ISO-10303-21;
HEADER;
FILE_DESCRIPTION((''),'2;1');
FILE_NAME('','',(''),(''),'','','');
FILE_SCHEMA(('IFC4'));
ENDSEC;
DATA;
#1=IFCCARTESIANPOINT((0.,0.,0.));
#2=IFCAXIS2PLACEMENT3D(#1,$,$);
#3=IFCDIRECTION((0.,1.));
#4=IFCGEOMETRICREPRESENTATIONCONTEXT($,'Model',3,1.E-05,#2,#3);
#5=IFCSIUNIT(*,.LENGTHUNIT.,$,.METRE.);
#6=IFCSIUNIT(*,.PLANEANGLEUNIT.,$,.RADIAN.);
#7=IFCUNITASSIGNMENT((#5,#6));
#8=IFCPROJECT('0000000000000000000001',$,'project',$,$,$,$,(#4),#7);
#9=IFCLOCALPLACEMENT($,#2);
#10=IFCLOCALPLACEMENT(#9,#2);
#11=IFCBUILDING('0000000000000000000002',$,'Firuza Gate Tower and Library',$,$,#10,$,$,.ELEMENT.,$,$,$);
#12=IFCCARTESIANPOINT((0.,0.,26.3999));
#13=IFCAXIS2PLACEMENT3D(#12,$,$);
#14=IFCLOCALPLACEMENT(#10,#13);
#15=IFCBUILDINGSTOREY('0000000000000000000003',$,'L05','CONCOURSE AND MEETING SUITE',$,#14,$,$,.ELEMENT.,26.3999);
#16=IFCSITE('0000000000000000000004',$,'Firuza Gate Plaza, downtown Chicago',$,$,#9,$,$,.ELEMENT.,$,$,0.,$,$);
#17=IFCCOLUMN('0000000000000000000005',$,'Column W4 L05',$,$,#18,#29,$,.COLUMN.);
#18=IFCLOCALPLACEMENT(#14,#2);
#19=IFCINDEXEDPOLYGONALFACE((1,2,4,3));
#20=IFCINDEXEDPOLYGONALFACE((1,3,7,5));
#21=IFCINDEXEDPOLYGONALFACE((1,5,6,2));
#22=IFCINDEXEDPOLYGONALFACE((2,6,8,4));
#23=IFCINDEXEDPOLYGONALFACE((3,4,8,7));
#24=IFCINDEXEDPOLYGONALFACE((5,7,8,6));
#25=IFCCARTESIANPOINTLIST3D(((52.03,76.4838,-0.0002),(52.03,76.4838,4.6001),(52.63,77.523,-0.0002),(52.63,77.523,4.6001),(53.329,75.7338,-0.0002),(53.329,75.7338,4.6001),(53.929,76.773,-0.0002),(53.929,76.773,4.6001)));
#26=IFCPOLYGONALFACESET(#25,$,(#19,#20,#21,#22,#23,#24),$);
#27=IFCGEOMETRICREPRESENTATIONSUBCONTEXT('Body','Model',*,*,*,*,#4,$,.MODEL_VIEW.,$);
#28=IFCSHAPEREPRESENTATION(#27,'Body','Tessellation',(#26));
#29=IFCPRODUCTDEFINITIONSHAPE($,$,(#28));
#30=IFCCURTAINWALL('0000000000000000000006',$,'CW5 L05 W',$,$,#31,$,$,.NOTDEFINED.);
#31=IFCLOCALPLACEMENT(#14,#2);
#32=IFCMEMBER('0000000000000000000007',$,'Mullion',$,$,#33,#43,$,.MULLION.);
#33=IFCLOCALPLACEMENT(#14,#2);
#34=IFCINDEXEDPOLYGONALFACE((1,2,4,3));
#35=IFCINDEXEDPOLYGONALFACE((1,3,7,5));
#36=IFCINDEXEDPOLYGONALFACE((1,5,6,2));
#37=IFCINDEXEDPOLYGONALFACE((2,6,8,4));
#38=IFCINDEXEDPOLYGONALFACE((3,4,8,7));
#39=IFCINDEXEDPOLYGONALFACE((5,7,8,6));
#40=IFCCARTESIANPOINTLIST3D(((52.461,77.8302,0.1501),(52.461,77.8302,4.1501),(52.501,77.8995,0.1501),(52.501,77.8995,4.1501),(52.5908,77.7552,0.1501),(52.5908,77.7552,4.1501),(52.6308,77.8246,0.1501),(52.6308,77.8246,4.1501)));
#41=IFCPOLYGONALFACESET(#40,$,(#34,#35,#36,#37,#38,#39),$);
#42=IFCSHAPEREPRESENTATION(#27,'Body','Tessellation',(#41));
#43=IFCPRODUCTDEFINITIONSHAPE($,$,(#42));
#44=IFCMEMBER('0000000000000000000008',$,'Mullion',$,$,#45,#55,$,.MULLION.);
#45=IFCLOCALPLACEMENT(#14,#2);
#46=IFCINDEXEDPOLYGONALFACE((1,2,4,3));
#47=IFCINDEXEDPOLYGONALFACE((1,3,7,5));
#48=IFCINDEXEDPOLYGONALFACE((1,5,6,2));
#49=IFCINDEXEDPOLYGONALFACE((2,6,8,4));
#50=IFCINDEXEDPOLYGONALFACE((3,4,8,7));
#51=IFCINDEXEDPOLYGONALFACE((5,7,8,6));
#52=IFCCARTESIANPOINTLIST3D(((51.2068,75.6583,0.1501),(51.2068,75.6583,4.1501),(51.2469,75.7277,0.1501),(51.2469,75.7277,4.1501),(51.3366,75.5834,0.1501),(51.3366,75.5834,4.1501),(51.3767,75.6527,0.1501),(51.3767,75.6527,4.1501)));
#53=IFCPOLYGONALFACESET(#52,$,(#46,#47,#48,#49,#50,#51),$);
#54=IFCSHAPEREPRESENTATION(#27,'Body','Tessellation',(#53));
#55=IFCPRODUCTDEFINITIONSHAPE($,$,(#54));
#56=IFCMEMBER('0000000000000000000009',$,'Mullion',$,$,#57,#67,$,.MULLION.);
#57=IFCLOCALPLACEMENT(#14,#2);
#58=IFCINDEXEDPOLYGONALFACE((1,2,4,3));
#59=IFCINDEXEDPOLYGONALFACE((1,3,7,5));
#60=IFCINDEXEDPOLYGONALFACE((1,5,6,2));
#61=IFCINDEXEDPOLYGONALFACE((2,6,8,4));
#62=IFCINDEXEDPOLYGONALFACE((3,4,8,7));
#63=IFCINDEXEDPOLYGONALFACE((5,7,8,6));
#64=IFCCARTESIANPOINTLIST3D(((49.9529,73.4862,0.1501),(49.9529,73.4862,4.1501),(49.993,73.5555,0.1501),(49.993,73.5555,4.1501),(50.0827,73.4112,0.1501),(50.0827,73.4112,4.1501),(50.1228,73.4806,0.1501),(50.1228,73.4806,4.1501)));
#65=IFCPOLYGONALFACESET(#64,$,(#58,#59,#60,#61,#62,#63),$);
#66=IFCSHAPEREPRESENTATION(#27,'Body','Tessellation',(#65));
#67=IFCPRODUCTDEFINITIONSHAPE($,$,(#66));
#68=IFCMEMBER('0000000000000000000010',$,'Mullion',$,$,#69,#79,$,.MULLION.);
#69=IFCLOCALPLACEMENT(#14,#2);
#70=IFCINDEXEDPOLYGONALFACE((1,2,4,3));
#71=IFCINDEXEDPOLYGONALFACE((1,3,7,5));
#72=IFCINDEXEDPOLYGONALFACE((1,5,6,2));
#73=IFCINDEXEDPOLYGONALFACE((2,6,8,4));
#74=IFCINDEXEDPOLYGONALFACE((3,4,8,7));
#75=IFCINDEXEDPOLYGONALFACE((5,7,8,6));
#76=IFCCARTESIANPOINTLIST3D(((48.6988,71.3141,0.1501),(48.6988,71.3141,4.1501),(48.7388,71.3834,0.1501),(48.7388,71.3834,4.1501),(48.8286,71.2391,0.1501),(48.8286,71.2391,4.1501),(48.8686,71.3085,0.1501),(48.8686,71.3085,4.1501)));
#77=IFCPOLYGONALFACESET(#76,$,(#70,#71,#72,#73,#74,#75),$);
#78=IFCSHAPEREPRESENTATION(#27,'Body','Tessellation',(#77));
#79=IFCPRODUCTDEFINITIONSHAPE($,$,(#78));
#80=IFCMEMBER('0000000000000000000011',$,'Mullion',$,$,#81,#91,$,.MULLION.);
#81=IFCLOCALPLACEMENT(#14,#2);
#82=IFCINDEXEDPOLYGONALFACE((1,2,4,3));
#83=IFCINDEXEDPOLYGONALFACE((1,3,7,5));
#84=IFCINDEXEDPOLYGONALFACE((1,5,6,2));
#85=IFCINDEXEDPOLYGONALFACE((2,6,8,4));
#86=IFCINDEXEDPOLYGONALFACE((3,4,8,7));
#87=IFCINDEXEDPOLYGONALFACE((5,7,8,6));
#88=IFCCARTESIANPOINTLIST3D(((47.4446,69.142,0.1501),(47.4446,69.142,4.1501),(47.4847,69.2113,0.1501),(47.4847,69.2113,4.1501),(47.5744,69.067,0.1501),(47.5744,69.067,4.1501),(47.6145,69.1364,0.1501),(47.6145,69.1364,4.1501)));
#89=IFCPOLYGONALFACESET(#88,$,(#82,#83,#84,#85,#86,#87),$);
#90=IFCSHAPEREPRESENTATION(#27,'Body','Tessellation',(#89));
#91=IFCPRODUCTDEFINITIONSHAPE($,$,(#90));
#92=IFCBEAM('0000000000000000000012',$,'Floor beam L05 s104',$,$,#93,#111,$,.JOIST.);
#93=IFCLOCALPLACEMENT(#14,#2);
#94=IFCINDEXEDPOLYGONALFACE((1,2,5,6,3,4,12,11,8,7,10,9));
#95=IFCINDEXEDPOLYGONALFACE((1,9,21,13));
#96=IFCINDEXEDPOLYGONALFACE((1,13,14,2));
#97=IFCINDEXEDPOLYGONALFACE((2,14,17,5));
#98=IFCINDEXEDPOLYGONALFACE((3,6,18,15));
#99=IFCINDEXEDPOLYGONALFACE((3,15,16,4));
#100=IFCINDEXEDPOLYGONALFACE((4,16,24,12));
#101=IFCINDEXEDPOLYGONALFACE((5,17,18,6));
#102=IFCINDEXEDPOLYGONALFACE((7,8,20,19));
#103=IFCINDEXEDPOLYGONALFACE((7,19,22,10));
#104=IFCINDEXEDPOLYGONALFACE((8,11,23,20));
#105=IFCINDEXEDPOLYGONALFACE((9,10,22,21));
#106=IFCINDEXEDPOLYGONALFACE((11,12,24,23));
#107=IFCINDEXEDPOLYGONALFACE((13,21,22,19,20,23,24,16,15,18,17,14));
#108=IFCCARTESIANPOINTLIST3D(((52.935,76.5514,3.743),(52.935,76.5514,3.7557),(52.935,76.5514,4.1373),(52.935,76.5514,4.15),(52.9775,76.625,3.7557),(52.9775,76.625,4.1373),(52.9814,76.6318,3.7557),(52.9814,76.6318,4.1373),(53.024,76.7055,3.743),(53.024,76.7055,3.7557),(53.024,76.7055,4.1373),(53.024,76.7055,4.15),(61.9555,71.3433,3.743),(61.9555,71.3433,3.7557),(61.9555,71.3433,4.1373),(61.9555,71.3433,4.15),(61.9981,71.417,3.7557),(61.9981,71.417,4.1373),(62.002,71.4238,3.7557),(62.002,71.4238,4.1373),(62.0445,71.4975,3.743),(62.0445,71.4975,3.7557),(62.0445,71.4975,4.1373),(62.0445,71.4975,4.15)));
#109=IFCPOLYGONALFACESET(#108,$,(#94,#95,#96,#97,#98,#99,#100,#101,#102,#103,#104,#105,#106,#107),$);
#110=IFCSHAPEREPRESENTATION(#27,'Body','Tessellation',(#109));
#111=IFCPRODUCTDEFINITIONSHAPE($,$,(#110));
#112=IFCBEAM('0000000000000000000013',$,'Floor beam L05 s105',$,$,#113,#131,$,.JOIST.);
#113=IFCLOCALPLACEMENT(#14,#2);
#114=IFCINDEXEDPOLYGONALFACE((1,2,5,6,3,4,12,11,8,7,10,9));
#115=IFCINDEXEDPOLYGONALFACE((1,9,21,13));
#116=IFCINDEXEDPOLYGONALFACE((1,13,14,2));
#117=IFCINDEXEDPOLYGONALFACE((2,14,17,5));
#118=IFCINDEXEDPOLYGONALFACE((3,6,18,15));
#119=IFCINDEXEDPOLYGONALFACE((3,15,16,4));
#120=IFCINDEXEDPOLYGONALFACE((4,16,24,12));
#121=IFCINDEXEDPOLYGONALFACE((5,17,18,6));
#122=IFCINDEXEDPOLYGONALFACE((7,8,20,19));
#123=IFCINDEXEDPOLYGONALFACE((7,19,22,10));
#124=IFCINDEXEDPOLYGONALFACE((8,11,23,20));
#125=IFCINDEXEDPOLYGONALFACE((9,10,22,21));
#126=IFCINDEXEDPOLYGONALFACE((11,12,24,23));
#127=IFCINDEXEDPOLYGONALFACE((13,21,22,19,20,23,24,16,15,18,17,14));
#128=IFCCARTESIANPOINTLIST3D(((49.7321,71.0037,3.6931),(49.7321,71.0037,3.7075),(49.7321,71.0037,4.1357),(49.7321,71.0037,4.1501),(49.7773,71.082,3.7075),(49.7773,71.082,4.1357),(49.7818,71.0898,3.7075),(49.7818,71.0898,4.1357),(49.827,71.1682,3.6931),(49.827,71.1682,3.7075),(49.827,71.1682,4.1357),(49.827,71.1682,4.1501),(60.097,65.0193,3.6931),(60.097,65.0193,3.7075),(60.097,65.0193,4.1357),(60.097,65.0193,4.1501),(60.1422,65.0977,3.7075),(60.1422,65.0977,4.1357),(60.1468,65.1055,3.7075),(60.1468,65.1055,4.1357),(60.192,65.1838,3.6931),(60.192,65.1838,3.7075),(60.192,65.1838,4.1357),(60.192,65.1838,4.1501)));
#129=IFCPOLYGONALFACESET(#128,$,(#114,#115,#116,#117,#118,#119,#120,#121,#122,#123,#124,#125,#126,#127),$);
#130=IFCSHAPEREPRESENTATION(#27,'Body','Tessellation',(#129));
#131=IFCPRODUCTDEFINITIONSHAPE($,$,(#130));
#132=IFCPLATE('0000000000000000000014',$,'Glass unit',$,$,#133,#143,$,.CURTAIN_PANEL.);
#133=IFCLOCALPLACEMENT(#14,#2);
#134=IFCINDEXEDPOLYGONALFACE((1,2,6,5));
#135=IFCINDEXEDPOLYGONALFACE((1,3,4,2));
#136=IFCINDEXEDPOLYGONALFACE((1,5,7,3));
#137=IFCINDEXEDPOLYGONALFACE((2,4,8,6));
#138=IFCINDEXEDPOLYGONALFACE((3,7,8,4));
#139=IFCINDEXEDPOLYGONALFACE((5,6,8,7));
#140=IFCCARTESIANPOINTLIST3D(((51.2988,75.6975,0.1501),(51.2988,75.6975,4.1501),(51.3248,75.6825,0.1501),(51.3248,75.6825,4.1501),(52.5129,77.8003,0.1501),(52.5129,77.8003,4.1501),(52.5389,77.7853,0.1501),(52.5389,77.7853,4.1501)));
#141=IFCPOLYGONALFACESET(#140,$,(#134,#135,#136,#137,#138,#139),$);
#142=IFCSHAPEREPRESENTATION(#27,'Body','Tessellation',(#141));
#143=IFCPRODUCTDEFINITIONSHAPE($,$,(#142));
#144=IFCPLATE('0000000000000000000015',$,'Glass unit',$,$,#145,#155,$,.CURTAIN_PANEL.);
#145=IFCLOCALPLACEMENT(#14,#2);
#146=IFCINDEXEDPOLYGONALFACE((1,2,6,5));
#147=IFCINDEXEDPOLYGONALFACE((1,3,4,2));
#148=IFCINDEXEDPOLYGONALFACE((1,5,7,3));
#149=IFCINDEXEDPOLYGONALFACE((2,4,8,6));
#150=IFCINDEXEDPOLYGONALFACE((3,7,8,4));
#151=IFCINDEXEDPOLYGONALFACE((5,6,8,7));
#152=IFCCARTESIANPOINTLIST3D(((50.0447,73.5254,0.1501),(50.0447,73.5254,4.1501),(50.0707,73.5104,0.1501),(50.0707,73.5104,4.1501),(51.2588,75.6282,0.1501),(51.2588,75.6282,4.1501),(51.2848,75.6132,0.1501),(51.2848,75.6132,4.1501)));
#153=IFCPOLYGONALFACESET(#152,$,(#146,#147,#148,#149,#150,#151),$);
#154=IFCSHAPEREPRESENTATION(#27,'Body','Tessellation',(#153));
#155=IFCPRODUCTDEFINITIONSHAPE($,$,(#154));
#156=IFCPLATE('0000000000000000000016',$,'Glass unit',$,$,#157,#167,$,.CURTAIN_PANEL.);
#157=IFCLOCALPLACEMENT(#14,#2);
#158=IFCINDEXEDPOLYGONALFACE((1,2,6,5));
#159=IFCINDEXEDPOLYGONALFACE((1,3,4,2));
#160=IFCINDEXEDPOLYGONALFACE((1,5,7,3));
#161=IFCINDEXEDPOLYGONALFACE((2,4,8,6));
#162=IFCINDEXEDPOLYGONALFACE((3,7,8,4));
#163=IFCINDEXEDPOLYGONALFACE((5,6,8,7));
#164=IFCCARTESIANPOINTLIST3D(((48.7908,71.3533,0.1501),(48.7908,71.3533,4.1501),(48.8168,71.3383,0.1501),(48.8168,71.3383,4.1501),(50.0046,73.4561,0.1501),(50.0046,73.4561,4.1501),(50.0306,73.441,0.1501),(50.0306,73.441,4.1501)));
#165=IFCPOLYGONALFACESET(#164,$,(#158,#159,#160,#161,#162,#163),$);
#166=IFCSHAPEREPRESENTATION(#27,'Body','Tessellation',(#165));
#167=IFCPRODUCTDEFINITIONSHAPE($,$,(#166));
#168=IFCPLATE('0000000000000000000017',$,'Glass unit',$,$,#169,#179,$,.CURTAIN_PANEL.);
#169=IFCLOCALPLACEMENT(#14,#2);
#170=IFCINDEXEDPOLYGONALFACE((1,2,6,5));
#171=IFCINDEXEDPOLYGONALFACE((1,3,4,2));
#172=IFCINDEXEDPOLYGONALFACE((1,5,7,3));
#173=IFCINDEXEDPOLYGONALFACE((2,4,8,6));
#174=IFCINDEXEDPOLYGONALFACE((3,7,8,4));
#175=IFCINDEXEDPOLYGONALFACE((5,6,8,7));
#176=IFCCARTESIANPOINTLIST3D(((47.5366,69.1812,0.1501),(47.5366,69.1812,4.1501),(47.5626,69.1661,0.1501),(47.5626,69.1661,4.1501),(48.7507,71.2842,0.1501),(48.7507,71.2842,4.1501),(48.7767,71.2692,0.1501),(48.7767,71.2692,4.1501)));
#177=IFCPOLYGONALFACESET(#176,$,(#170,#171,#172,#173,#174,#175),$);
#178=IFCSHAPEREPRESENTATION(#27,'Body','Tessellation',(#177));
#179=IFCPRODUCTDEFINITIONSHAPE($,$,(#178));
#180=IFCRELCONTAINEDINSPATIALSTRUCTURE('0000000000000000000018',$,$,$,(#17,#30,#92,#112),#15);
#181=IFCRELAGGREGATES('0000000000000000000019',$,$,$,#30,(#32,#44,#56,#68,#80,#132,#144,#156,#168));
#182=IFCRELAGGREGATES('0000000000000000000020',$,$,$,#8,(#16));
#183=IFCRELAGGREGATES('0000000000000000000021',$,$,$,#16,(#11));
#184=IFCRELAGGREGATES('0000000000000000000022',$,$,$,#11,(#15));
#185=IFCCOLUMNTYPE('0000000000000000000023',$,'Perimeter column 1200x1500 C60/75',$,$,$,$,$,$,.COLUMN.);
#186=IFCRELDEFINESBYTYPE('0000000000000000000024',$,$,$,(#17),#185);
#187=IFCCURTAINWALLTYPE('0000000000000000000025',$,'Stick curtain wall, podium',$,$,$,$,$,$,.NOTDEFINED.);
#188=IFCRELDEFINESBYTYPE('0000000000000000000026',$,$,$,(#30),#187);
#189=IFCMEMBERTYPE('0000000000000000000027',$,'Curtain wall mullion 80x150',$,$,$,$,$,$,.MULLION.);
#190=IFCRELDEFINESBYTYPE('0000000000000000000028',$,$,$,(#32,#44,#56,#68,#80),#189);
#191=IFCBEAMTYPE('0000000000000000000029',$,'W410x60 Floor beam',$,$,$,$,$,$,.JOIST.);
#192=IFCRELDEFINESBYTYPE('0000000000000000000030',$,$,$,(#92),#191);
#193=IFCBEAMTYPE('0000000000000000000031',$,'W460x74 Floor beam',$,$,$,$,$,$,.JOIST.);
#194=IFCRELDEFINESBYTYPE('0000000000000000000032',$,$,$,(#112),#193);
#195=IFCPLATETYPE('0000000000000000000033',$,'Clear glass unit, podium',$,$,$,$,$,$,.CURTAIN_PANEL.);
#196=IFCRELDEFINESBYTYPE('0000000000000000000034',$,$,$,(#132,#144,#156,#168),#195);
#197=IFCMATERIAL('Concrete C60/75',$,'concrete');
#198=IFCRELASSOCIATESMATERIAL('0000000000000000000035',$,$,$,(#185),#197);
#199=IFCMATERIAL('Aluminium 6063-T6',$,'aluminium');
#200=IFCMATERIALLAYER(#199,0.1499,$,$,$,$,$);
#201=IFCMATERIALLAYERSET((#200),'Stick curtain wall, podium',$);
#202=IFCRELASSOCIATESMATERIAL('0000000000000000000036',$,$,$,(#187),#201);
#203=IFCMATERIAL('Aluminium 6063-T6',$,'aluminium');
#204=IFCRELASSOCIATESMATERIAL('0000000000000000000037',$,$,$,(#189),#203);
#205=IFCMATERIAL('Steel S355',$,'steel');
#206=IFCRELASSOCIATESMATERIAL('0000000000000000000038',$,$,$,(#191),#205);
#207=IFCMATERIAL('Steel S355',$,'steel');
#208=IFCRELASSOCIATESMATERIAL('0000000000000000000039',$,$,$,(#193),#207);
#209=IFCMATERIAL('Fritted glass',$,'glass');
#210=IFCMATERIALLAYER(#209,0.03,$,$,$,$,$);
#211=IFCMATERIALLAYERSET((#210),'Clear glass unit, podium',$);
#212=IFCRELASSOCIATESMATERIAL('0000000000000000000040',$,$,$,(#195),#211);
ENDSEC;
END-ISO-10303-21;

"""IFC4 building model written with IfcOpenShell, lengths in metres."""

from ifc_helpers import new_model, si_unit, direction, frame, origin, origin_2d, place, context, subcontext, project, spatial, polyline, rectangle, i_section, outline, extrude, material, layer, layer_set, material_profile, profile_set, type_object, element, aggregate, save


model = new_model("IFC4")

# Units and contexts
model_context = context("Model", 3, precision=1e-05, world=origin(), true_north=direction((0.0, 1.0)))
body_context = subcontext(model_context, "Body", "Model", "MODEL_VIEW")
ifc_project = project(units=[si_unit("LENGTHUNIT", "METRE"), si_unit("PLANEANGLEUNIT", "RADIAN")], contexts=[model_context])

# Site, building, storey
site_placement = place(None, origin())
site = spatial("IfcSite", under=ifc_project, at=site_placement, Name="Firuza Gate Plaza, downtown Chicago", CompositionType="ELEMENT", RefElevation=0.0)
building_placement = place(site_placement, origin())
building = spatial("IfcBuilding", under=site, at=building_placement, Name="Firuza Gate Tower and Library", CompositionType="ELEMENT")
storey_placement = place(building_placement, frame((0.0, 0.0, 26.3999)))
storey = spatial("IfcBuildingStorey", under=building, at=storey_placement, Name="L05", Description="CONCOURSE AND MEETING SUITE", CompositionType="ELEMENT", Elevation=26.3999)

# Column
ifc_material_1 = material(Name="Concrete C60/75", Category="concrete")
ifc_material_profile_1 = material_profile(ifc_material_1, rectangle(XDim=1.2, YDim=1.5, at=origin_2d()))
ifc_profile_set_1 = profile_set([ifc_material_profile_1], Name="Concrete C60/75")
column_type = type_object("IfcColumnType", Name="Perimeter column 1200x1500 C60/75", PredefinedType="COLUMN", material=ifc_profile_set_1)
column_placement = place(storey_placement, frame((52.9795, 76.6284, -0.0002), z_axis=(0.0, 0.0, 1.0), x_axis=(-0.5, -0.866025, 0.0)))
element("IfcColumn", 1, at=column_placement, inside=storey, type_object=column_type, Name="Column W4 L05", PredefinedType="COLUMN", context=body_context, shape_type="SweptSolid", body=[
    extrude(rectangle(XDim=1.2, YDim=1.5, at=origin_2d()), origin(), (0.0, 0.0, 1.0), 4.6003),
])

# Curtain wall, members
ifc_material_2 = material(Name="Aluminium 6063-T6", Category="aluminium")
ifc_layer_1 = layer(ifc_material_2, 0.1499)
ifc_layer_set_1 = layer_set([ifc_layer_1], Name="Stick curtain wall, podium")
curtain_wall_type = type_object("IfcCurtainWallType", Name="Stick curtain wall, podium", PredefinedType="NOTDEFINED", material=ifc_layer_set_1)
curtain_wall_placement = place(storey_placement, origin())
curtain_wall = element("IfcCurtainWall", 2, at=curtain_wall_placement, inside=storey, type_object=curtain_wall_type, Name="CW5 L05 W", PredefinedType="NOTDEFINED")
ifc_material_3 = material(Name="Aluminium 6063-T6", Category="aluminium")
ifc_material_profile_2 = material_profile(ifc_material_3, rectangle(XDim=0.1499, YDim=0.0801, at=origin_2d()))
ifc_profile_set_2 = profile_set([ifc_material_profile_2], Name="Aluminium 6063-T6")
member_type = type_object("IfcMemberType", Name="Curtain wall mullion 80x150", PredefinedType="MULLION", material=ifc_profile_set_2)
member_1_placement = place(storey_placement, frame((52.5459, 77.8274, 0.1501), z_axis=(0.0, 0.0, 1.0), x_axis=(0.866025, -0.5, 0.0)))
member_1 = element("IfcMember", 3, at=member_1_placement, type_object=member_type, Name="Mullion", PredefinedType="MULLION", context=body_context, shape_type="SweptSolid", body=[
    extrude(rectangle(XDim=0.1499, YDim=0.0801, at=origin_2d()), origin(), (0.0, 0.0, 1.0), 4.0),
])
member_2_placement = place(storey_placement, frame((51.2917, 75.6555, 0.1501), z_axis=(0.0, 0.0, 1.0), x_axis=(0.866025, -0.5, 0.0)))
member_2 = element("IfcMember", 4, at=member_2_placement, type_object=member_type, Name="Mullion", PredefinedType="MULLION", context=body_context, shape_type="SweptSolid", body=[
    extrude(rectangle(XDim=0.1499, YDim=0.0801, at=origin_2d()), origin(), (0.0, 0.0, 1.0), 4.0),
])
member_3_placement = place(storey_placement, frame((50.0378, 73.4834, 0.1501), z_axis=(0.0, 0.0, 1.0), x_axis=(0.866025, -0.5, 0.0)))
member_3 = element("IfcMember", 5, at=member_3_placement, type_object=member_type, Name="Mullion", PredefinedType="MULLION", context=body_context, shape_type="SweptSolid", body=[
    extrude(rectangle(XDim=0.1499, YDim=0.0801, at=origin_2d()), origin(), (0.0, 0.0, 1.0), 4.0),
])
member_4_placement = place(storey_placement, frame((48.7837, 71.3113, 0.1501), z_axis=(0.0, 0.0, 1.0), x_axis=(0.866025, -0.5, 0.0)))
member_4 = element("IfcMember", 6, at=member_4_placement, type_object=member_type, Name="Mullion", PredefinedType="MULLION", context=body_context, shape_type="SweptSolid", body=[
    extrude(rectangle(XDim=0.1499, YDim=0.0801, at=origin_2d()), origin(), (0.0, 0.0, 1.0), 4.0),
])
member_5_placement = place(storey_placement, frame((47.5295, 69.1392, 0.1501), z_axis=(0.0, 0.0, 1.0), x_axis=(0.866025, -0.5, 0.0)))
member_5 = element("IfcMember", 7, at=member_5_placement, type_object=member_type, Name="Mullion", PredefinedType="MULLION", context=body_context, shape_type="SweptSolid", body=[
    extrude(rectangle(XDim=0.1499, YDim=0.0801, at=origin_2d()), origin(), (0.0, 0.0, 1.0), 4.0),
])

# Beams
ifc_material_4 = material(Name="Steel S355", Category="steel")
ifc_material_profile_3 = material_profile(ifc_material_4, i_section(OverallWidth=0.178, OverallDepth=0.407, WebThickness=0.0078, FlangeThickness=0.0127, at=origin_2d()))
ifc_profile_set_3 = profile_set([ifc_material_profile_3], Name="Steel S355")
beam_type_1 = type_object("IfcBeamType", Name="W410x60 Floor beam", PredefinedType="JOIST", material=ifc_profile_set_3)
beam_1_placement = place(storey_placement, frame((52.9795, 76.6284, 3.9465), z_axis=(0.866025, -0.500001, 0.0), x_axis=(0.500001, 0.866025, 0.0)))
element("IfcBeam", 8, at=beam_1_placement, inside=storey, type_object=beam_type_1, Name="Floor beam L05 s104", PredefinedType="JOIST", context=body_context, shape_type="SweptSolid", body=[
    extrude(i_section(OverallWidth=0.178, OverallDepth=0.407, WebThickness=0.0078, FlangeThickness=0.0127, at=origin_2d()), origin(), (0.0, 0.0, 1.0), 10.416),
])
ifc_material_5 = material(Name="Steel S355", Category="steel")
ifc_material_profile_4 = material_profile(ifc_material_5, i_section(OverallWidth=0.1899, OverallDepth=0.457, WebThickness=0.009, FlangeThickness=0.0144, at=origin_2d()))
ifc_profile_set_4 = profile_set([ifc_material_profile_4], Name="Steel S355")
beam_type_2 = type_object("IfcBeamType", Name="W460x74 Floor beam", PredefinedType="JOIST", material=ifc_profile_set_4)
beam_2_placement = place(storey_placement, frame((49.7795, 71.0859, 3.9216), z_axis=(0.86602, -0.500009, 0.0), x_axis=(0.500009, 0.86602, 0.0)))
element("IfcBeam", 9, at=beam_2_placement, inside=storey, type_object=beam_type_2, Name="Floor beam L05 s105", PredefinedType="JOIST", context=body_context, shape_type="SweptSolid", body=[
    extrude(i_section(OverallWidth=0.1899, OverallDepth=0.457, WebThickness=0.009, FlangeThickness=0.0144, at=origin_2d()), origin(), (0.0, 0.0, 1.0), 11.9685),
])

# Plates
ifc_material_6 = material(Name="Fritted glass", Category="glass")
ifc_layer_2 = layer(ifc_material_6, 0.03)
ifc_layer_set_2 = layer_set([ifc_layer_2], Name="Clear glass unit, podium")
plate_type = type_object("IfcPlateType", Name="Clear glass unit, podium", PredefinedType="CURTAIN_PANEL", material=ifc_layer_set_2)
plate_1_placement = place(storey_placement, frame((52.5129, 77.8003, 0.1501), z_axis=(-0.866013, 0.500021, 0.0), x_axis=(-0.500021, -0.866013, 0.0)))
plate_1 = element("IfcPlate", 10, at=plate_1_placement, type_object=plate_type, Name="Glass unit", PredefinedType="CURTAIN_PANEL", context=body_context, shape_type="SweptSolid", body=[
    extrude(outline(polyline([(0.0, 0.0), (2.4281, 0.0), (2.4281, 4.0), (0.0, 4.0), (0.0, 0.0)])), origin(), (0.0, 0.0, -1.0), 0.03),
])
plate_2_placement = place(storey_placement, frame((51.2588, 75.6282, 0.1501), z_axis=(-0.866013, 0.500021, 0.0), x_axis=(-0.500021, -0.866013, 0.0)))
plate_2 = element("IfcPlate", 11, at=plate_2_placement, type_object=plate_type, Name="Glass unit", PredefinedType="CURTAIN_PANEL", context=body_context, shape_type="SweptSolid", body=[
    extrude(outline(polyline([(0.0, 0.0), (2.4281, 0.0), (2.4281, 4.0), (0.0, 4.0), (0.0, 0.0)])), origin(), (0.0, 0.0, -1.0), 0.03),
])
plate_3_placement = place(storey_placement, frame((50.0046, 73.4561, 0.1501), z_axis=(-0.866057, 0.499946, 0.0), x_axis=(-0.499946, -0.866057, 0.0)))
plate_3 = element("IfcPlate", 12, at=plate_3_placement, type_object=plate_type, Name="Glass unit", PredefinedType="CURTAIN_PANEL", context=body_context, shape_type="SweptSolid", body=[
    extrude(outline(polyline([(0.0, 0.0), (2.428, 0.0), (2.428, 4.0), (0.0, 4.0), (0.0, 0.0)])), origin(), (0.0, 0.0, -1.0), 0.03),
])
plate_4_placement = place(storey_placement, frame((48.7507, 71.2842, 0.1501), z_axis=(-0.866038, 0.499978, 0.0), x_axis=(-0.499978, -0.866038, 0.0)))
plate_4 = element("IfcPlate", 13, at=plate_4_placement, type_object=plate_type, Name="Glass unit", PredefinedType="CURTAIN_PANEL", context=body_context, shape_type="SweptSolid", body=[
    extrude(outline(polyline([(0.0, 0.0), (2.4283, 0.0), (2.4283, 4.0), (0.0, 4.0), (0.0, 0.0)])), origin(), (0.0, 0.0, -1.0), 0.03),
])
aggregate(curtain_wall, [member_1, member_2, member_3, member_4, member_5, plate_1, plate_2, plate_3, plate_4])

save(model, "model.ifc")
